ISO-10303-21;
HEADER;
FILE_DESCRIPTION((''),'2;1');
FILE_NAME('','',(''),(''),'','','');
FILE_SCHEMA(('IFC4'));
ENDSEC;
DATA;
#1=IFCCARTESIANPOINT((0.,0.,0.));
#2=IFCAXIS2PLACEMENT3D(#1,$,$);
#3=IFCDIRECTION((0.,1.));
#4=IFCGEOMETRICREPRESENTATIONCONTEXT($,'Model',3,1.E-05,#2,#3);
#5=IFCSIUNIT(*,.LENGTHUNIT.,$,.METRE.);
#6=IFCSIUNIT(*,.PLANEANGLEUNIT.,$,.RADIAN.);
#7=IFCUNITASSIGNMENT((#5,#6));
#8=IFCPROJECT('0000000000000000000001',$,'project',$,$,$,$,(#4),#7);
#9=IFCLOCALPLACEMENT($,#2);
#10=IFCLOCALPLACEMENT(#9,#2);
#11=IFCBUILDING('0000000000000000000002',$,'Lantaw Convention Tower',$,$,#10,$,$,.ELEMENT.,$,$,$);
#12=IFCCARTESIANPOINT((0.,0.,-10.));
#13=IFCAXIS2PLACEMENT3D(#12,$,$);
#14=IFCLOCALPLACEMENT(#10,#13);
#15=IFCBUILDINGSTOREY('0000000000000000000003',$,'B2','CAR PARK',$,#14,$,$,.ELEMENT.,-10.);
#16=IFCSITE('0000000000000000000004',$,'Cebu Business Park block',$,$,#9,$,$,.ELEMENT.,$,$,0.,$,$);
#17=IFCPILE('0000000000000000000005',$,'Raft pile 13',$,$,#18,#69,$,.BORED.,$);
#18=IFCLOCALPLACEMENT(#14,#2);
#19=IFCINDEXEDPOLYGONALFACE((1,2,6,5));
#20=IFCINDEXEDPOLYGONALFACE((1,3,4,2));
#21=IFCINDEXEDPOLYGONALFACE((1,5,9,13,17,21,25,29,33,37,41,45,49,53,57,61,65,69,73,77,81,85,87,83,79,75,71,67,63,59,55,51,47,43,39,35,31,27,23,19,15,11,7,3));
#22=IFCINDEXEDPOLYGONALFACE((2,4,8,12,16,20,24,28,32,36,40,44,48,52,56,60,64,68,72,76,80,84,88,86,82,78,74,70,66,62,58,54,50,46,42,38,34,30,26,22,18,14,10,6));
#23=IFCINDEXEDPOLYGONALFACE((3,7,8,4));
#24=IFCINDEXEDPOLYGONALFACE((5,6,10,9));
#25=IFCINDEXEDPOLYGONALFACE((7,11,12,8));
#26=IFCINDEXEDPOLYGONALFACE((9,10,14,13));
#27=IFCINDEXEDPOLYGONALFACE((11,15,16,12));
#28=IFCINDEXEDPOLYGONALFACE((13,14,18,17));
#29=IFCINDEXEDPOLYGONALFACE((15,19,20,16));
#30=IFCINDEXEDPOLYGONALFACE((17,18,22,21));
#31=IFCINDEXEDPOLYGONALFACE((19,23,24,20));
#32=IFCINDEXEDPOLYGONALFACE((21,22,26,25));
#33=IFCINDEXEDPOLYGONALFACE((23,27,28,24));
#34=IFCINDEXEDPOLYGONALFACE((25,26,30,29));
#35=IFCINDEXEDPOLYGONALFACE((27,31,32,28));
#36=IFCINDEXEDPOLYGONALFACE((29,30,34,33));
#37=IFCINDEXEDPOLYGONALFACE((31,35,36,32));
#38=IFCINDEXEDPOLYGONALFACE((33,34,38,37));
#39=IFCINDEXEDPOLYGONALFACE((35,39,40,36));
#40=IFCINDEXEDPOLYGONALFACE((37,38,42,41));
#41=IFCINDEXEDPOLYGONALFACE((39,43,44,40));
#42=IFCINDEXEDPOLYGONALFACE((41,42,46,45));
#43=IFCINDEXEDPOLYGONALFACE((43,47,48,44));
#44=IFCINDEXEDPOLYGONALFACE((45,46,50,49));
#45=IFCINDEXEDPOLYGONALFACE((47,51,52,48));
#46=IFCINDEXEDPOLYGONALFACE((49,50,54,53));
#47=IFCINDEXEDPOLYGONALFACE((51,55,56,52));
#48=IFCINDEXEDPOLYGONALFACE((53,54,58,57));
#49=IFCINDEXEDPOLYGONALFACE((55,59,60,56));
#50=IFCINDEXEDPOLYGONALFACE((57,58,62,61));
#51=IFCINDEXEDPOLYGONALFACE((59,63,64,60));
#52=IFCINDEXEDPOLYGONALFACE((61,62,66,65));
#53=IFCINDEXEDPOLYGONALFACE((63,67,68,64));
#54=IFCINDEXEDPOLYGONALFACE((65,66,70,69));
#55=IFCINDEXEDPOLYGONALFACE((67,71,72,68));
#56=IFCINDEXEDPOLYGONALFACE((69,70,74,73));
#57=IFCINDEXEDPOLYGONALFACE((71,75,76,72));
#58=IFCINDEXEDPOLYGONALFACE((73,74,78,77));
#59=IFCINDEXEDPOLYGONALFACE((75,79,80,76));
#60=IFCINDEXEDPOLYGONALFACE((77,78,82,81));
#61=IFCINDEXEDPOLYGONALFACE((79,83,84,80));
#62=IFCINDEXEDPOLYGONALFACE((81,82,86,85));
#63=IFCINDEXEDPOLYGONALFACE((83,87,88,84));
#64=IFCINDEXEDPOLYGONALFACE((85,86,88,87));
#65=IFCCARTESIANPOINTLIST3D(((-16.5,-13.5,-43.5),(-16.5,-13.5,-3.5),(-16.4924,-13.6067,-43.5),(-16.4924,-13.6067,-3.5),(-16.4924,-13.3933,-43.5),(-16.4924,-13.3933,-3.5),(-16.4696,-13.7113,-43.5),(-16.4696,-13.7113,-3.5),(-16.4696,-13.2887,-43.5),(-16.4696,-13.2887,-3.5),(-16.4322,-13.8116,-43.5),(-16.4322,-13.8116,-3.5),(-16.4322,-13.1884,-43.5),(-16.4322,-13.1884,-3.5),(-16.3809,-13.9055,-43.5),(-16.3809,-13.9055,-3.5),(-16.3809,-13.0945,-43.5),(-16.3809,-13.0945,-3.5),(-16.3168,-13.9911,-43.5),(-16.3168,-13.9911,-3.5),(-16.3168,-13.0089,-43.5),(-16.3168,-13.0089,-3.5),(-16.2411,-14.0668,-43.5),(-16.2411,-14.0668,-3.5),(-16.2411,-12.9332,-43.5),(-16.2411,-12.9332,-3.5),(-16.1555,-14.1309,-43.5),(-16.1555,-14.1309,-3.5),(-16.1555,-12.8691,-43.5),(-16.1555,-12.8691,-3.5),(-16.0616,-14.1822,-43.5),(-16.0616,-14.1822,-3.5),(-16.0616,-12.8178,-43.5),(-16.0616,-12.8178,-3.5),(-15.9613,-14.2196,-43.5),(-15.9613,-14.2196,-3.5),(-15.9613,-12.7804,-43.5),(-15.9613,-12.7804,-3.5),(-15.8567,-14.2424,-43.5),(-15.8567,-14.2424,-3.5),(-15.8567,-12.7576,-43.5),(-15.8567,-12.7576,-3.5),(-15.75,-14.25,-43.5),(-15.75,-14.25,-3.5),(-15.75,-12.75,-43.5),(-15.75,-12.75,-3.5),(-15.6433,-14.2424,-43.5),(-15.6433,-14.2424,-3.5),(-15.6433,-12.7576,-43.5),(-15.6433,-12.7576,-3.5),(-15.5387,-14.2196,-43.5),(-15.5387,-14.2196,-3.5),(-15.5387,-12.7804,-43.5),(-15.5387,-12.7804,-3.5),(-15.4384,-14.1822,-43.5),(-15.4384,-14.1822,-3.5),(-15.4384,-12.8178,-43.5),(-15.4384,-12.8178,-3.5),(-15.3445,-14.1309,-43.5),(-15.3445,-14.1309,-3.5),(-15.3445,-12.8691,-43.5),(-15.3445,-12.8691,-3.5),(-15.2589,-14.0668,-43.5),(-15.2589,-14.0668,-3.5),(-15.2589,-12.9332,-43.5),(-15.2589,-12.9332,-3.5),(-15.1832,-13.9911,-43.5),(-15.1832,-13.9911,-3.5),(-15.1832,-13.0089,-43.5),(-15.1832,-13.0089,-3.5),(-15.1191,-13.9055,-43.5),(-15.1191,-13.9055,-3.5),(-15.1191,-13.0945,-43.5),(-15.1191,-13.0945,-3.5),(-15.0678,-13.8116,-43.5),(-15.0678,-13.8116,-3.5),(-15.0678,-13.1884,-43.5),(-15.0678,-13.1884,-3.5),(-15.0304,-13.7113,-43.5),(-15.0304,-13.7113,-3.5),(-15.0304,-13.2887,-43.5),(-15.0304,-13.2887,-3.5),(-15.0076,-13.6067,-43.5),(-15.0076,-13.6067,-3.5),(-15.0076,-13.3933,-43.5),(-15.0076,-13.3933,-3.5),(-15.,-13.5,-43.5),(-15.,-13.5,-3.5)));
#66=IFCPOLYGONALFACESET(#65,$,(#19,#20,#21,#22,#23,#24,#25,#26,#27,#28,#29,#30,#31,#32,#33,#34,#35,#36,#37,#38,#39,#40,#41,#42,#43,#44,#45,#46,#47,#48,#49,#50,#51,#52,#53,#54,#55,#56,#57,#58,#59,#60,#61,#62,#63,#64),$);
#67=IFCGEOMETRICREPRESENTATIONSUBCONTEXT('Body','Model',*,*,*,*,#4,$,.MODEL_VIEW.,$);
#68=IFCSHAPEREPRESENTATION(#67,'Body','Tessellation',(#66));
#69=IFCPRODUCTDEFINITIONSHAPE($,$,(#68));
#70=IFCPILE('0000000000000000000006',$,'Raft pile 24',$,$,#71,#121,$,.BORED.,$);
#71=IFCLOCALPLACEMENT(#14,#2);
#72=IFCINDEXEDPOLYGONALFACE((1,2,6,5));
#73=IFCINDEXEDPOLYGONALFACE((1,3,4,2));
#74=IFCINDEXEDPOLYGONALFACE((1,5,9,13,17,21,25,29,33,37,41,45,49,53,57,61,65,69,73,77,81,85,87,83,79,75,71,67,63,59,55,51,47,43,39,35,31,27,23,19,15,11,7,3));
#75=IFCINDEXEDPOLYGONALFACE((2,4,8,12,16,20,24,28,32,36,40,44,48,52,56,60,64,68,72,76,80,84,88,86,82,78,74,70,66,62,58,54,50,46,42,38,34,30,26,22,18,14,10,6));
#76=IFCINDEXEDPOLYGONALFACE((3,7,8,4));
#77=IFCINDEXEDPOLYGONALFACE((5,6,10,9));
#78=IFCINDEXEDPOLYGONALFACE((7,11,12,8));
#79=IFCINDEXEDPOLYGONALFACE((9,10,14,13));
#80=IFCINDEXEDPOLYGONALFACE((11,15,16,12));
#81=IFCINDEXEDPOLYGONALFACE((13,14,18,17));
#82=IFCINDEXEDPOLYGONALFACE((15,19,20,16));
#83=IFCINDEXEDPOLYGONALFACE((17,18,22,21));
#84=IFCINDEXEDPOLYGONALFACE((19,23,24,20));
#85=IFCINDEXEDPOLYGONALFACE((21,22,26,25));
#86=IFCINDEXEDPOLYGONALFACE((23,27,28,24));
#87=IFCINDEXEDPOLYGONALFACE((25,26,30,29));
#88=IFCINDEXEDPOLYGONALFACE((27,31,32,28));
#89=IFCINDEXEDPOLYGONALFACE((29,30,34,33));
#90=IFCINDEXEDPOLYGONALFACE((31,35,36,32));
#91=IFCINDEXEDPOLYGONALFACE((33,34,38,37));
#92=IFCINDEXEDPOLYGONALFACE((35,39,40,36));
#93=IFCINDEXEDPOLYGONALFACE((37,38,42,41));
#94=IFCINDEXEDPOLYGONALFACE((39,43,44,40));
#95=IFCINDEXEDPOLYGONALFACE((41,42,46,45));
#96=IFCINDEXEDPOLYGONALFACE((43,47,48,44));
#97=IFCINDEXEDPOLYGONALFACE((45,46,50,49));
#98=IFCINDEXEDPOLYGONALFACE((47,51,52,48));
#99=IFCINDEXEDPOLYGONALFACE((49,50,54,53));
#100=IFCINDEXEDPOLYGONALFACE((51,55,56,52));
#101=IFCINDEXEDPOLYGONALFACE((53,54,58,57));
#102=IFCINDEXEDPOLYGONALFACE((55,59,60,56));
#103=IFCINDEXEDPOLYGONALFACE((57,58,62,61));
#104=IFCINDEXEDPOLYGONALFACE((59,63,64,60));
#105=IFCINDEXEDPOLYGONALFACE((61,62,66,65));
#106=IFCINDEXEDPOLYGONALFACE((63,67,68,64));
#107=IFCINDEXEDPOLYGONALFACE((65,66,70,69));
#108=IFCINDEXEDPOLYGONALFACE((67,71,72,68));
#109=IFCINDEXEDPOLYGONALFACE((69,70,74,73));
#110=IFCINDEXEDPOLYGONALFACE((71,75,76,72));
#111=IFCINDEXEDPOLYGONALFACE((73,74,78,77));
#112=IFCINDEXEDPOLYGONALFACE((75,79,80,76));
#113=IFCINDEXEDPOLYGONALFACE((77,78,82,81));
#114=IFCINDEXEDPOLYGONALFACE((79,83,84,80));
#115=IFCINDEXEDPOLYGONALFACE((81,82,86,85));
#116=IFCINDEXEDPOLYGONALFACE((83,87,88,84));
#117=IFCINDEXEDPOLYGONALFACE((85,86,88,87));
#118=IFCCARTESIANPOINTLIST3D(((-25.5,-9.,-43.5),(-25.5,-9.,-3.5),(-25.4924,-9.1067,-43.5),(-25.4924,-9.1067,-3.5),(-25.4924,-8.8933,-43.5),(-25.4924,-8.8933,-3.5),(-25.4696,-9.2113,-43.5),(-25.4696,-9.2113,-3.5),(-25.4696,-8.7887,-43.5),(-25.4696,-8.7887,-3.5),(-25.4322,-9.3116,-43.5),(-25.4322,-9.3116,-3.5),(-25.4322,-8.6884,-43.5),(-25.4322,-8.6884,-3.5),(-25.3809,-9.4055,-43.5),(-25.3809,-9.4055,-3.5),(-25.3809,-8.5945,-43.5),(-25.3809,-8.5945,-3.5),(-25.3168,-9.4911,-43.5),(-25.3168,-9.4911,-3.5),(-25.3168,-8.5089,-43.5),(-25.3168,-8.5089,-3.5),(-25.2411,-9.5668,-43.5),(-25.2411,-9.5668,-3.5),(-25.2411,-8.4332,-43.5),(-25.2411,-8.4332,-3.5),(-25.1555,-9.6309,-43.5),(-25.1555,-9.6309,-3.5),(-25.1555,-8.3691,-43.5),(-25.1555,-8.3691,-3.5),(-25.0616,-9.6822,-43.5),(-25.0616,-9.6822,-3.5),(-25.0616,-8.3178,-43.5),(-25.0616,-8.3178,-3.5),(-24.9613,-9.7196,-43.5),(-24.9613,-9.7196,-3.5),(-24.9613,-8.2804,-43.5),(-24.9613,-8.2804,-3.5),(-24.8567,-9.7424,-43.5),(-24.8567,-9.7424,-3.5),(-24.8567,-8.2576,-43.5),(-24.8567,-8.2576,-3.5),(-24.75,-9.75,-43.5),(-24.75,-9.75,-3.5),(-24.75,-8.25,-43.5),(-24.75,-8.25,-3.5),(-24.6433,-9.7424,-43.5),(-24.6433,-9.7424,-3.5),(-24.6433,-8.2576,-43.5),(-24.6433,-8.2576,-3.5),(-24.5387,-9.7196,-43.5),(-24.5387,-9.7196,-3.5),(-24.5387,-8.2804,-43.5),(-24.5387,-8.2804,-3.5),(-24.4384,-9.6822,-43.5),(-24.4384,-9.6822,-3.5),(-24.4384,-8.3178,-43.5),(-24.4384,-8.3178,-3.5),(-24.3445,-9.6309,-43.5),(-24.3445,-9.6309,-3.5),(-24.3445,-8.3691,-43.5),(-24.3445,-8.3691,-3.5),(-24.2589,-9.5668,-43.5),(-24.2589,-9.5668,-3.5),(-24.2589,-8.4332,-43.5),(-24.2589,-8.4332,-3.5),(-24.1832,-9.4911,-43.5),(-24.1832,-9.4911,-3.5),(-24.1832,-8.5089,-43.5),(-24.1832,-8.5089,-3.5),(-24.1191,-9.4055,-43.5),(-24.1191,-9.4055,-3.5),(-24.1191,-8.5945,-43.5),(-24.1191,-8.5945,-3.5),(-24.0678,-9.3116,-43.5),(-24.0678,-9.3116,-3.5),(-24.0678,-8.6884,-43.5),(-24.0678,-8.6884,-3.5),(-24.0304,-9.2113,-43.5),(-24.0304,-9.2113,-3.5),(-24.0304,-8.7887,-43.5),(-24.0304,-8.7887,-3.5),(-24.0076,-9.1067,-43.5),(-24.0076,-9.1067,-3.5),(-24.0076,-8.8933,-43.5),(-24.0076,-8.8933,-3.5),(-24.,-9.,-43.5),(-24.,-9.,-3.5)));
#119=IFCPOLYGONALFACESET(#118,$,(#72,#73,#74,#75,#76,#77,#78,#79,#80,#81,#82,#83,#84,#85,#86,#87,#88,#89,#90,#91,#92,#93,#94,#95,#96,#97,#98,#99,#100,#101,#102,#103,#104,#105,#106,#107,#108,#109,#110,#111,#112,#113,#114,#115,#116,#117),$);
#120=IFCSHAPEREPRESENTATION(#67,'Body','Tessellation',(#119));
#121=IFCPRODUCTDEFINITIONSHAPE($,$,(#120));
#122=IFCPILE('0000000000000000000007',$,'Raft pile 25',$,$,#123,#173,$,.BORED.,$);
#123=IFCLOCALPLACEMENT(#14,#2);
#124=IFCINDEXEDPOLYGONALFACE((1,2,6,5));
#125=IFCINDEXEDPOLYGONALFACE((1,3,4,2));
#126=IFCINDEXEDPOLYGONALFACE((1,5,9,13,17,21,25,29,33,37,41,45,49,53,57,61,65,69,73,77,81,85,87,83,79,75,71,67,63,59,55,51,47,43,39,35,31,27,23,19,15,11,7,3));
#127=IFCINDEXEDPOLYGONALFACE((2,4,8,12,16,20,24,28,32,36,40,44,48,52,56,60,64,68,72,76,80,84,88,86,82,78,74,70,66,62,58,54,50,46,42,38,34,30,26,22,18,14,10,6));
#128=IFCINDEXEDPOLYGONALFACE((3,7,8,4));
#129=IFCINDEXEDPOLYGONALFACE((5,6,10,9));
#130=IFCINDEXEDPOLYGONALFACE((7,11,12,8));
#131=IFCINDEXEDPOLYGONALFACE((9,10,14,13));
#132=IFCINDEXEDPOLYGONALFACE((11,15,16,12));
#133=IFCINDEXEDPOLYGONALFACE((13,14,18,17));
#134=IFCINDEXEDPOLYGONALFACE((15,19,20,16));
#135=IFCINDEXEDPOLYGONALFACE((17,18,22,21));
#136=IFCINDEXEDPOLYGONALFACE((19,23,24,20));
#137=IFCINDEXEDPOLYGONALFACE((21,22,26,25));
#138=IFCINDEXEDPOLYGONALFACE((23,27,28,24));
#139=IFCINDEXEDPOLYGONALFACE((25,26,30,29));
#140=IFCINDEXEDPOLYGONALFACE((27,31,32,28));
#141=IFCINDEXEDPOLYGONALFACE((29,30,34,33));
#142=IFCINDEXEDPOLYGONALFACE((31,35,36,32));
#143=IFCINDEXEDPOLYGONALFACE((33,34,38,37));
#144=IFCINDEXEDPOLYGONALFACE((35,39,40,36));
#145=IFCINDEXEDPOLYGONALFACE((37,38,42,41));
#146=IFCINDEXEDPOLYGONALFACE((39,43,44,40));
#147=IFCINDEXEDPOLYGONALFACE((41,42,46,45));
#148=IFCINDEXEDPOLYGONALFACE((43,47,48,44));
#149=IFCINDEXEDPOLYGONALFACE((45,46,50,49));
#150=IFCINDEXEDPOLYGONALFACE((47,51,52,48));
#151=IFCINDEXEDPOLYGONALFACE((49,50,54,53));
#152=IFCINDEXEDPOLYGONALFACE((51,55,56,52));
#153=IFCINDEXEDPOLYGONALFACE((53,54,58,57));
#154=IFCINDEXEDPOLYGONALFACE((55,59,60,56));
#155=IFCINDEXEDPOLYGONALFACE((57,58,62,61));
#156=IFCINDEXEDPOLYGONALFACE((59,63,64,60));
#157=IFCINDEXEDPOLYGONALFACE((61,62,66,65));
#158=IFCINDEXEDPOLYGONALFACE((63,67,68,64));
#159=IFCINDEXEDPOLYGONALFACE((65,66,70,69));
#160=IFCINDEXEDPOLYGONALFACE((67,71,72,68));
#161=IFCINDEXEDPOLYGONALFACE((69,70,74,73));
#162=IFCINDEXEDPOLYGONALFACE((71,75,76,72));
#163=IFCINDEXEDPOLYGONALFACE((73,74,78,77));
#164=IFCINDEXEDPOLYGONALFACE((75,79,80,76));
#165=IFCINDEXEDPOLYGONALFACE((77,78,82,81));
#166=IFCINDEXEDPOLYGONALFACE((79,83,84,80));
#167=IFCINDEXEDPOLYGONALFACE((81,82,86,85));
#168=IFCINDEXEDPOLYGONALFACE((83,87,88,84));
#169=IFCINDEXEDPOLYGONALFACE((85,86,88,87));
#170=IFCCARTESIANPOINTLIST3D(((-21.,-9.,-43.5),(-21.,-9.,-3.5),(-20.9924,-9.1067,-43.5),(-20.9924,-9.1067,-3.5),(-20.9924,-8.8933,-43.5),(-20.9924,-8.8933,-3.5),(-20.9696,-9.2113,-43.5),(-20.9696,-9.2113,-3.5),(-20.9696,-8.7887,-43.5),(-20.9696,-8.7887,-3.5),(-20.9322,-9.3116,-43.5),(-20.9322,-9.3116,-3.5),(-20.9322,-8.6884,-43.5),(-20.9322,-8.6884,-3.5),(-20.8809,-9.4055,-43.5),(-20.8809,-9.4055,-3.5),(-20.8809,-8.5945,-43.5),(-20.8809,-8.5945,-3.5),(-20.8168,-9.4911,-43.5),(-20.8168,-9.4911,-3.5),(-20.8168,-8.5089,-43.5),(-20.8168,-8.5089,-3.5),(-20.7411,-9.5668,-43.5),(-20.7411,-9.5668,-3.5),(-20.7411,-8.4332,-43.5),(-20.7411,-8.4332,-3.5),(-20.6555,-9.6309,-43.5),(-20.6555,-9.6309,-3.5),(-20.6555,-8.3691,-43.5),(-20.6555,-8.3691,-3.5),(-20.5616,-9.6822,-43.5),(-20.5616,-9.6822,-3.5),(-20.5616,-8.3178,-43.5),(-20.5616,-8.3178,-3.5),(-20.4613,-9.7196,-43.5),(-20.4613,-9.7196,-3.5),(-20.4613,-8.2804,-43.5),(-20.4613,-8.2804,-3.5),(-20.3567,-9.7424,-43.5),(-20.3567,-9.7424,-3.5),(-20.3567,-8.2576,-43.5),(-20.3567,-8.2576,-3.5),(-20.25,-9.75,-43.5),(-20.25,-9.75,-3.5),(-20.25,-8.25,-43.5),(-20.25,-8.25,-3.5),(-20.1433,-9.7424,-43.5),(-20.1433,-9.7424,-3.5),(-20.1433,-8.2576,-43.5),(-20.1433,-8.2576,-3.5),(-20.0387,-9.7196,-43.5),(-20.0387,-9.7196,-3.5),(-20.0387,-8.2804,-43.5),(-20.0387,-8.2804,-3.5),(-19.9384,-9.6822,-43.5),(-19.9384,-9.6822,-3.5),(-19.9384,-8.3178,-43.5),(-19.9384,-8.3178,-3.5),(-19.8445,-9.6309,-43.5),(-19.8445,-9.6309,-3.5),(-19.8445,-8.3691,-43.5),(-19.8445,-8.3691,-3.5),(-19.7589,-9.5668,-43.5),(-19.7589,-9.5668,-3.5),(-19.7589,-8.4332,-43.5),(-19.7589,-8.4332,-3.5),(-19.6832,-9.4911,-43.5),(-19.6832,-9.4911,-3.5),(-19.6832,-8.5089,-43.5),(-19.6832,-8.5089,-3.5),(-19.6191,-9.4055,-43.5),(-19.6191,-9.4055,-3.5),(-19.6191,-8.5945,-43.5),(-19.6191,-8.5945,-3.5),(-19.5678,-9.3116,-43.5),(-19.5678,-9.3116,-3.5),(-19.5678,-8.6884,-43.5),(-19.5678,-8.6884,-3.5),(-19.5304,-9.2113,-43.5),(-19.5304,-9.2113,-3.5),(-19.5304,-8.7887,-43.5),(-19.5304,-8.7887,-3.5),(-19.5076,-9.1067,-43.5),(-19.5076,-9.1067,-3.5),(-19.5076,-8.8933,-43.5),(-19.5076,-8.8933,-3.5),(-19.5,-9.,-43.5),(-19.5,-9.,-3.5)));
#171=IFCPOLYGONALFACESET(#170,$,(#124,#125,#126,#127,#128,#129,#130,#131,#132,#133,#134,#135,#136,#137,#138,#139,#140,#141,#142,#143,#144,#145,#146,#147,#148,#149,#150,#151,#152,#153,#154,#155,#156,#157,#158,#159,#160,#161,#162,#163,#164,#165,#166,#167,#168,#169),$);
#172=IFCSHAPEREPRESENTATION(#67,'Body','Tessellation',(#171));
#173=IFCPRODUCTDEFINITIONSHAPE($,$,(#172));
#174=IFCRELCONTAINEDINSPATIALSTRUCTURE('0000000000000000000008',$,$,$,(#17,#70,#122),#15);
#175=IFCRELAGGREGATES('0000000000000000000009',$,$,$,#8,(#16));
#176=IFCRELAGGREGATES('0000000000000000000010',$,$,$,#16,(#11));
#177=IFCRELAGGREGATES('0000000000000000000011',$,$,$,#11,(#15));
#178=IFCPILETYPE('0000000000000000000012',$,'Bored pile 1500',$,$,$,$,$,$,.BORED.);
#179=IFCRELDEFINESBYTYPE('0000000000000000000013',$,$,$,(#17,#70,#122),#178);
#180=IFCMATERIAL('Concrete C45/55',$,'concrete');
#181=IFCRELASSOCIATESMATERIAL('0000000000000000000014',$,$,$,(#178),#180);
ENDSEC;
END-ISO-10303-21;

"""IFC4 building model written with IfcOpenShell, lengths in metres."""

from ifc_helpers import new_model, si_unit, direction, frame, origin, origin_2d, place, context, subcontext, project, spatial, circle, extrude, material, material_profile, profile_set, type_object, element, save


model = new_model("IFC4")

# Units and contexts
model_context = context("Model", 3, precision=1e-05, world=origin(), true_north=direction((0.0, 1.0)))
body_context = subcontext(model_context, "Body", "Model", "MODEL_VIEW")
ifc_project = project(units=[si_unit("LENGTHUNIT", "METRE"), si_unit("PLANEANGLEUNIT", "RADIAN")], contexts=[model_context])

# Site, building, storey
site_placement = place(None, origin())
site = spatial("IfcSite", under=ifc_project, at=site_placement, Name="Cebu Business Park block", CompositionType="ELEMENT", RefElevation=0.0)
building_placement = place(site_placement, origin())
building = spatial("IfcBuilding", under=site, at=building_placement, Name="Lantaw Convention Tower", CompositionType="ELEMENT")
storey_placement = place(building_placement, frame((0.0, 0.0, -10.0)))
storey = spatial("IfcBuildingStorey", under=building, at=storey_placement, Name="B2", Description="CAR PARK", CompositionType="ELEMENT", Elevation=-10.0)

# Piles
ifc_material_1 = material(Name="Concrete C45/55", Category="concrete")
ifc_material_profile_1 = material_profile(ifc_material_1, circle(Radius=0.75, at=origin_2d()), Name="Bored pile 1500")
ifc_profile_set_1 = profile_set([ifc_material_profile_1], Name="Concrete C45/55")
pile_type_1 = type_object("IfcPileType", Name="Bored pile 1500", PredefinedType="BORED", material=ifc_profile_set_1)
for number, where, z_axis, x_axis, name in (
    (1, (-15.75, -13.5, -3.5), (0.0, 0.0, -1.0), (1.0, 0.0, 0.0), "Raft pile 13"),
    (2, (-24.75, -9.0, -3.5), (0.0, 0.0, -1.0), (1.0, 0.0, 0.0), "Raft pile 24"),
    (3, (-20.25, -9.0, -3.5), (0.0, 0.0, -1.0), (1.0, 0.0, 0.0), "Raft pile 25"),
):
    element("IfcPile", number, at=place(storey_placement, frame(where, z_axis=z_axis, x_axis=x_axis)), inside=storey, type_object=pile_type_1, Name=name, PredefinedType="BORED", context=body_context, shape_type="SweptSolid", body=[
        extrude(circle(Radius=0.75, at=origin_2d()), origin(), (0.0, 0.0, 1.0), 40.0),
    ])

save(model, "model.ifc")
